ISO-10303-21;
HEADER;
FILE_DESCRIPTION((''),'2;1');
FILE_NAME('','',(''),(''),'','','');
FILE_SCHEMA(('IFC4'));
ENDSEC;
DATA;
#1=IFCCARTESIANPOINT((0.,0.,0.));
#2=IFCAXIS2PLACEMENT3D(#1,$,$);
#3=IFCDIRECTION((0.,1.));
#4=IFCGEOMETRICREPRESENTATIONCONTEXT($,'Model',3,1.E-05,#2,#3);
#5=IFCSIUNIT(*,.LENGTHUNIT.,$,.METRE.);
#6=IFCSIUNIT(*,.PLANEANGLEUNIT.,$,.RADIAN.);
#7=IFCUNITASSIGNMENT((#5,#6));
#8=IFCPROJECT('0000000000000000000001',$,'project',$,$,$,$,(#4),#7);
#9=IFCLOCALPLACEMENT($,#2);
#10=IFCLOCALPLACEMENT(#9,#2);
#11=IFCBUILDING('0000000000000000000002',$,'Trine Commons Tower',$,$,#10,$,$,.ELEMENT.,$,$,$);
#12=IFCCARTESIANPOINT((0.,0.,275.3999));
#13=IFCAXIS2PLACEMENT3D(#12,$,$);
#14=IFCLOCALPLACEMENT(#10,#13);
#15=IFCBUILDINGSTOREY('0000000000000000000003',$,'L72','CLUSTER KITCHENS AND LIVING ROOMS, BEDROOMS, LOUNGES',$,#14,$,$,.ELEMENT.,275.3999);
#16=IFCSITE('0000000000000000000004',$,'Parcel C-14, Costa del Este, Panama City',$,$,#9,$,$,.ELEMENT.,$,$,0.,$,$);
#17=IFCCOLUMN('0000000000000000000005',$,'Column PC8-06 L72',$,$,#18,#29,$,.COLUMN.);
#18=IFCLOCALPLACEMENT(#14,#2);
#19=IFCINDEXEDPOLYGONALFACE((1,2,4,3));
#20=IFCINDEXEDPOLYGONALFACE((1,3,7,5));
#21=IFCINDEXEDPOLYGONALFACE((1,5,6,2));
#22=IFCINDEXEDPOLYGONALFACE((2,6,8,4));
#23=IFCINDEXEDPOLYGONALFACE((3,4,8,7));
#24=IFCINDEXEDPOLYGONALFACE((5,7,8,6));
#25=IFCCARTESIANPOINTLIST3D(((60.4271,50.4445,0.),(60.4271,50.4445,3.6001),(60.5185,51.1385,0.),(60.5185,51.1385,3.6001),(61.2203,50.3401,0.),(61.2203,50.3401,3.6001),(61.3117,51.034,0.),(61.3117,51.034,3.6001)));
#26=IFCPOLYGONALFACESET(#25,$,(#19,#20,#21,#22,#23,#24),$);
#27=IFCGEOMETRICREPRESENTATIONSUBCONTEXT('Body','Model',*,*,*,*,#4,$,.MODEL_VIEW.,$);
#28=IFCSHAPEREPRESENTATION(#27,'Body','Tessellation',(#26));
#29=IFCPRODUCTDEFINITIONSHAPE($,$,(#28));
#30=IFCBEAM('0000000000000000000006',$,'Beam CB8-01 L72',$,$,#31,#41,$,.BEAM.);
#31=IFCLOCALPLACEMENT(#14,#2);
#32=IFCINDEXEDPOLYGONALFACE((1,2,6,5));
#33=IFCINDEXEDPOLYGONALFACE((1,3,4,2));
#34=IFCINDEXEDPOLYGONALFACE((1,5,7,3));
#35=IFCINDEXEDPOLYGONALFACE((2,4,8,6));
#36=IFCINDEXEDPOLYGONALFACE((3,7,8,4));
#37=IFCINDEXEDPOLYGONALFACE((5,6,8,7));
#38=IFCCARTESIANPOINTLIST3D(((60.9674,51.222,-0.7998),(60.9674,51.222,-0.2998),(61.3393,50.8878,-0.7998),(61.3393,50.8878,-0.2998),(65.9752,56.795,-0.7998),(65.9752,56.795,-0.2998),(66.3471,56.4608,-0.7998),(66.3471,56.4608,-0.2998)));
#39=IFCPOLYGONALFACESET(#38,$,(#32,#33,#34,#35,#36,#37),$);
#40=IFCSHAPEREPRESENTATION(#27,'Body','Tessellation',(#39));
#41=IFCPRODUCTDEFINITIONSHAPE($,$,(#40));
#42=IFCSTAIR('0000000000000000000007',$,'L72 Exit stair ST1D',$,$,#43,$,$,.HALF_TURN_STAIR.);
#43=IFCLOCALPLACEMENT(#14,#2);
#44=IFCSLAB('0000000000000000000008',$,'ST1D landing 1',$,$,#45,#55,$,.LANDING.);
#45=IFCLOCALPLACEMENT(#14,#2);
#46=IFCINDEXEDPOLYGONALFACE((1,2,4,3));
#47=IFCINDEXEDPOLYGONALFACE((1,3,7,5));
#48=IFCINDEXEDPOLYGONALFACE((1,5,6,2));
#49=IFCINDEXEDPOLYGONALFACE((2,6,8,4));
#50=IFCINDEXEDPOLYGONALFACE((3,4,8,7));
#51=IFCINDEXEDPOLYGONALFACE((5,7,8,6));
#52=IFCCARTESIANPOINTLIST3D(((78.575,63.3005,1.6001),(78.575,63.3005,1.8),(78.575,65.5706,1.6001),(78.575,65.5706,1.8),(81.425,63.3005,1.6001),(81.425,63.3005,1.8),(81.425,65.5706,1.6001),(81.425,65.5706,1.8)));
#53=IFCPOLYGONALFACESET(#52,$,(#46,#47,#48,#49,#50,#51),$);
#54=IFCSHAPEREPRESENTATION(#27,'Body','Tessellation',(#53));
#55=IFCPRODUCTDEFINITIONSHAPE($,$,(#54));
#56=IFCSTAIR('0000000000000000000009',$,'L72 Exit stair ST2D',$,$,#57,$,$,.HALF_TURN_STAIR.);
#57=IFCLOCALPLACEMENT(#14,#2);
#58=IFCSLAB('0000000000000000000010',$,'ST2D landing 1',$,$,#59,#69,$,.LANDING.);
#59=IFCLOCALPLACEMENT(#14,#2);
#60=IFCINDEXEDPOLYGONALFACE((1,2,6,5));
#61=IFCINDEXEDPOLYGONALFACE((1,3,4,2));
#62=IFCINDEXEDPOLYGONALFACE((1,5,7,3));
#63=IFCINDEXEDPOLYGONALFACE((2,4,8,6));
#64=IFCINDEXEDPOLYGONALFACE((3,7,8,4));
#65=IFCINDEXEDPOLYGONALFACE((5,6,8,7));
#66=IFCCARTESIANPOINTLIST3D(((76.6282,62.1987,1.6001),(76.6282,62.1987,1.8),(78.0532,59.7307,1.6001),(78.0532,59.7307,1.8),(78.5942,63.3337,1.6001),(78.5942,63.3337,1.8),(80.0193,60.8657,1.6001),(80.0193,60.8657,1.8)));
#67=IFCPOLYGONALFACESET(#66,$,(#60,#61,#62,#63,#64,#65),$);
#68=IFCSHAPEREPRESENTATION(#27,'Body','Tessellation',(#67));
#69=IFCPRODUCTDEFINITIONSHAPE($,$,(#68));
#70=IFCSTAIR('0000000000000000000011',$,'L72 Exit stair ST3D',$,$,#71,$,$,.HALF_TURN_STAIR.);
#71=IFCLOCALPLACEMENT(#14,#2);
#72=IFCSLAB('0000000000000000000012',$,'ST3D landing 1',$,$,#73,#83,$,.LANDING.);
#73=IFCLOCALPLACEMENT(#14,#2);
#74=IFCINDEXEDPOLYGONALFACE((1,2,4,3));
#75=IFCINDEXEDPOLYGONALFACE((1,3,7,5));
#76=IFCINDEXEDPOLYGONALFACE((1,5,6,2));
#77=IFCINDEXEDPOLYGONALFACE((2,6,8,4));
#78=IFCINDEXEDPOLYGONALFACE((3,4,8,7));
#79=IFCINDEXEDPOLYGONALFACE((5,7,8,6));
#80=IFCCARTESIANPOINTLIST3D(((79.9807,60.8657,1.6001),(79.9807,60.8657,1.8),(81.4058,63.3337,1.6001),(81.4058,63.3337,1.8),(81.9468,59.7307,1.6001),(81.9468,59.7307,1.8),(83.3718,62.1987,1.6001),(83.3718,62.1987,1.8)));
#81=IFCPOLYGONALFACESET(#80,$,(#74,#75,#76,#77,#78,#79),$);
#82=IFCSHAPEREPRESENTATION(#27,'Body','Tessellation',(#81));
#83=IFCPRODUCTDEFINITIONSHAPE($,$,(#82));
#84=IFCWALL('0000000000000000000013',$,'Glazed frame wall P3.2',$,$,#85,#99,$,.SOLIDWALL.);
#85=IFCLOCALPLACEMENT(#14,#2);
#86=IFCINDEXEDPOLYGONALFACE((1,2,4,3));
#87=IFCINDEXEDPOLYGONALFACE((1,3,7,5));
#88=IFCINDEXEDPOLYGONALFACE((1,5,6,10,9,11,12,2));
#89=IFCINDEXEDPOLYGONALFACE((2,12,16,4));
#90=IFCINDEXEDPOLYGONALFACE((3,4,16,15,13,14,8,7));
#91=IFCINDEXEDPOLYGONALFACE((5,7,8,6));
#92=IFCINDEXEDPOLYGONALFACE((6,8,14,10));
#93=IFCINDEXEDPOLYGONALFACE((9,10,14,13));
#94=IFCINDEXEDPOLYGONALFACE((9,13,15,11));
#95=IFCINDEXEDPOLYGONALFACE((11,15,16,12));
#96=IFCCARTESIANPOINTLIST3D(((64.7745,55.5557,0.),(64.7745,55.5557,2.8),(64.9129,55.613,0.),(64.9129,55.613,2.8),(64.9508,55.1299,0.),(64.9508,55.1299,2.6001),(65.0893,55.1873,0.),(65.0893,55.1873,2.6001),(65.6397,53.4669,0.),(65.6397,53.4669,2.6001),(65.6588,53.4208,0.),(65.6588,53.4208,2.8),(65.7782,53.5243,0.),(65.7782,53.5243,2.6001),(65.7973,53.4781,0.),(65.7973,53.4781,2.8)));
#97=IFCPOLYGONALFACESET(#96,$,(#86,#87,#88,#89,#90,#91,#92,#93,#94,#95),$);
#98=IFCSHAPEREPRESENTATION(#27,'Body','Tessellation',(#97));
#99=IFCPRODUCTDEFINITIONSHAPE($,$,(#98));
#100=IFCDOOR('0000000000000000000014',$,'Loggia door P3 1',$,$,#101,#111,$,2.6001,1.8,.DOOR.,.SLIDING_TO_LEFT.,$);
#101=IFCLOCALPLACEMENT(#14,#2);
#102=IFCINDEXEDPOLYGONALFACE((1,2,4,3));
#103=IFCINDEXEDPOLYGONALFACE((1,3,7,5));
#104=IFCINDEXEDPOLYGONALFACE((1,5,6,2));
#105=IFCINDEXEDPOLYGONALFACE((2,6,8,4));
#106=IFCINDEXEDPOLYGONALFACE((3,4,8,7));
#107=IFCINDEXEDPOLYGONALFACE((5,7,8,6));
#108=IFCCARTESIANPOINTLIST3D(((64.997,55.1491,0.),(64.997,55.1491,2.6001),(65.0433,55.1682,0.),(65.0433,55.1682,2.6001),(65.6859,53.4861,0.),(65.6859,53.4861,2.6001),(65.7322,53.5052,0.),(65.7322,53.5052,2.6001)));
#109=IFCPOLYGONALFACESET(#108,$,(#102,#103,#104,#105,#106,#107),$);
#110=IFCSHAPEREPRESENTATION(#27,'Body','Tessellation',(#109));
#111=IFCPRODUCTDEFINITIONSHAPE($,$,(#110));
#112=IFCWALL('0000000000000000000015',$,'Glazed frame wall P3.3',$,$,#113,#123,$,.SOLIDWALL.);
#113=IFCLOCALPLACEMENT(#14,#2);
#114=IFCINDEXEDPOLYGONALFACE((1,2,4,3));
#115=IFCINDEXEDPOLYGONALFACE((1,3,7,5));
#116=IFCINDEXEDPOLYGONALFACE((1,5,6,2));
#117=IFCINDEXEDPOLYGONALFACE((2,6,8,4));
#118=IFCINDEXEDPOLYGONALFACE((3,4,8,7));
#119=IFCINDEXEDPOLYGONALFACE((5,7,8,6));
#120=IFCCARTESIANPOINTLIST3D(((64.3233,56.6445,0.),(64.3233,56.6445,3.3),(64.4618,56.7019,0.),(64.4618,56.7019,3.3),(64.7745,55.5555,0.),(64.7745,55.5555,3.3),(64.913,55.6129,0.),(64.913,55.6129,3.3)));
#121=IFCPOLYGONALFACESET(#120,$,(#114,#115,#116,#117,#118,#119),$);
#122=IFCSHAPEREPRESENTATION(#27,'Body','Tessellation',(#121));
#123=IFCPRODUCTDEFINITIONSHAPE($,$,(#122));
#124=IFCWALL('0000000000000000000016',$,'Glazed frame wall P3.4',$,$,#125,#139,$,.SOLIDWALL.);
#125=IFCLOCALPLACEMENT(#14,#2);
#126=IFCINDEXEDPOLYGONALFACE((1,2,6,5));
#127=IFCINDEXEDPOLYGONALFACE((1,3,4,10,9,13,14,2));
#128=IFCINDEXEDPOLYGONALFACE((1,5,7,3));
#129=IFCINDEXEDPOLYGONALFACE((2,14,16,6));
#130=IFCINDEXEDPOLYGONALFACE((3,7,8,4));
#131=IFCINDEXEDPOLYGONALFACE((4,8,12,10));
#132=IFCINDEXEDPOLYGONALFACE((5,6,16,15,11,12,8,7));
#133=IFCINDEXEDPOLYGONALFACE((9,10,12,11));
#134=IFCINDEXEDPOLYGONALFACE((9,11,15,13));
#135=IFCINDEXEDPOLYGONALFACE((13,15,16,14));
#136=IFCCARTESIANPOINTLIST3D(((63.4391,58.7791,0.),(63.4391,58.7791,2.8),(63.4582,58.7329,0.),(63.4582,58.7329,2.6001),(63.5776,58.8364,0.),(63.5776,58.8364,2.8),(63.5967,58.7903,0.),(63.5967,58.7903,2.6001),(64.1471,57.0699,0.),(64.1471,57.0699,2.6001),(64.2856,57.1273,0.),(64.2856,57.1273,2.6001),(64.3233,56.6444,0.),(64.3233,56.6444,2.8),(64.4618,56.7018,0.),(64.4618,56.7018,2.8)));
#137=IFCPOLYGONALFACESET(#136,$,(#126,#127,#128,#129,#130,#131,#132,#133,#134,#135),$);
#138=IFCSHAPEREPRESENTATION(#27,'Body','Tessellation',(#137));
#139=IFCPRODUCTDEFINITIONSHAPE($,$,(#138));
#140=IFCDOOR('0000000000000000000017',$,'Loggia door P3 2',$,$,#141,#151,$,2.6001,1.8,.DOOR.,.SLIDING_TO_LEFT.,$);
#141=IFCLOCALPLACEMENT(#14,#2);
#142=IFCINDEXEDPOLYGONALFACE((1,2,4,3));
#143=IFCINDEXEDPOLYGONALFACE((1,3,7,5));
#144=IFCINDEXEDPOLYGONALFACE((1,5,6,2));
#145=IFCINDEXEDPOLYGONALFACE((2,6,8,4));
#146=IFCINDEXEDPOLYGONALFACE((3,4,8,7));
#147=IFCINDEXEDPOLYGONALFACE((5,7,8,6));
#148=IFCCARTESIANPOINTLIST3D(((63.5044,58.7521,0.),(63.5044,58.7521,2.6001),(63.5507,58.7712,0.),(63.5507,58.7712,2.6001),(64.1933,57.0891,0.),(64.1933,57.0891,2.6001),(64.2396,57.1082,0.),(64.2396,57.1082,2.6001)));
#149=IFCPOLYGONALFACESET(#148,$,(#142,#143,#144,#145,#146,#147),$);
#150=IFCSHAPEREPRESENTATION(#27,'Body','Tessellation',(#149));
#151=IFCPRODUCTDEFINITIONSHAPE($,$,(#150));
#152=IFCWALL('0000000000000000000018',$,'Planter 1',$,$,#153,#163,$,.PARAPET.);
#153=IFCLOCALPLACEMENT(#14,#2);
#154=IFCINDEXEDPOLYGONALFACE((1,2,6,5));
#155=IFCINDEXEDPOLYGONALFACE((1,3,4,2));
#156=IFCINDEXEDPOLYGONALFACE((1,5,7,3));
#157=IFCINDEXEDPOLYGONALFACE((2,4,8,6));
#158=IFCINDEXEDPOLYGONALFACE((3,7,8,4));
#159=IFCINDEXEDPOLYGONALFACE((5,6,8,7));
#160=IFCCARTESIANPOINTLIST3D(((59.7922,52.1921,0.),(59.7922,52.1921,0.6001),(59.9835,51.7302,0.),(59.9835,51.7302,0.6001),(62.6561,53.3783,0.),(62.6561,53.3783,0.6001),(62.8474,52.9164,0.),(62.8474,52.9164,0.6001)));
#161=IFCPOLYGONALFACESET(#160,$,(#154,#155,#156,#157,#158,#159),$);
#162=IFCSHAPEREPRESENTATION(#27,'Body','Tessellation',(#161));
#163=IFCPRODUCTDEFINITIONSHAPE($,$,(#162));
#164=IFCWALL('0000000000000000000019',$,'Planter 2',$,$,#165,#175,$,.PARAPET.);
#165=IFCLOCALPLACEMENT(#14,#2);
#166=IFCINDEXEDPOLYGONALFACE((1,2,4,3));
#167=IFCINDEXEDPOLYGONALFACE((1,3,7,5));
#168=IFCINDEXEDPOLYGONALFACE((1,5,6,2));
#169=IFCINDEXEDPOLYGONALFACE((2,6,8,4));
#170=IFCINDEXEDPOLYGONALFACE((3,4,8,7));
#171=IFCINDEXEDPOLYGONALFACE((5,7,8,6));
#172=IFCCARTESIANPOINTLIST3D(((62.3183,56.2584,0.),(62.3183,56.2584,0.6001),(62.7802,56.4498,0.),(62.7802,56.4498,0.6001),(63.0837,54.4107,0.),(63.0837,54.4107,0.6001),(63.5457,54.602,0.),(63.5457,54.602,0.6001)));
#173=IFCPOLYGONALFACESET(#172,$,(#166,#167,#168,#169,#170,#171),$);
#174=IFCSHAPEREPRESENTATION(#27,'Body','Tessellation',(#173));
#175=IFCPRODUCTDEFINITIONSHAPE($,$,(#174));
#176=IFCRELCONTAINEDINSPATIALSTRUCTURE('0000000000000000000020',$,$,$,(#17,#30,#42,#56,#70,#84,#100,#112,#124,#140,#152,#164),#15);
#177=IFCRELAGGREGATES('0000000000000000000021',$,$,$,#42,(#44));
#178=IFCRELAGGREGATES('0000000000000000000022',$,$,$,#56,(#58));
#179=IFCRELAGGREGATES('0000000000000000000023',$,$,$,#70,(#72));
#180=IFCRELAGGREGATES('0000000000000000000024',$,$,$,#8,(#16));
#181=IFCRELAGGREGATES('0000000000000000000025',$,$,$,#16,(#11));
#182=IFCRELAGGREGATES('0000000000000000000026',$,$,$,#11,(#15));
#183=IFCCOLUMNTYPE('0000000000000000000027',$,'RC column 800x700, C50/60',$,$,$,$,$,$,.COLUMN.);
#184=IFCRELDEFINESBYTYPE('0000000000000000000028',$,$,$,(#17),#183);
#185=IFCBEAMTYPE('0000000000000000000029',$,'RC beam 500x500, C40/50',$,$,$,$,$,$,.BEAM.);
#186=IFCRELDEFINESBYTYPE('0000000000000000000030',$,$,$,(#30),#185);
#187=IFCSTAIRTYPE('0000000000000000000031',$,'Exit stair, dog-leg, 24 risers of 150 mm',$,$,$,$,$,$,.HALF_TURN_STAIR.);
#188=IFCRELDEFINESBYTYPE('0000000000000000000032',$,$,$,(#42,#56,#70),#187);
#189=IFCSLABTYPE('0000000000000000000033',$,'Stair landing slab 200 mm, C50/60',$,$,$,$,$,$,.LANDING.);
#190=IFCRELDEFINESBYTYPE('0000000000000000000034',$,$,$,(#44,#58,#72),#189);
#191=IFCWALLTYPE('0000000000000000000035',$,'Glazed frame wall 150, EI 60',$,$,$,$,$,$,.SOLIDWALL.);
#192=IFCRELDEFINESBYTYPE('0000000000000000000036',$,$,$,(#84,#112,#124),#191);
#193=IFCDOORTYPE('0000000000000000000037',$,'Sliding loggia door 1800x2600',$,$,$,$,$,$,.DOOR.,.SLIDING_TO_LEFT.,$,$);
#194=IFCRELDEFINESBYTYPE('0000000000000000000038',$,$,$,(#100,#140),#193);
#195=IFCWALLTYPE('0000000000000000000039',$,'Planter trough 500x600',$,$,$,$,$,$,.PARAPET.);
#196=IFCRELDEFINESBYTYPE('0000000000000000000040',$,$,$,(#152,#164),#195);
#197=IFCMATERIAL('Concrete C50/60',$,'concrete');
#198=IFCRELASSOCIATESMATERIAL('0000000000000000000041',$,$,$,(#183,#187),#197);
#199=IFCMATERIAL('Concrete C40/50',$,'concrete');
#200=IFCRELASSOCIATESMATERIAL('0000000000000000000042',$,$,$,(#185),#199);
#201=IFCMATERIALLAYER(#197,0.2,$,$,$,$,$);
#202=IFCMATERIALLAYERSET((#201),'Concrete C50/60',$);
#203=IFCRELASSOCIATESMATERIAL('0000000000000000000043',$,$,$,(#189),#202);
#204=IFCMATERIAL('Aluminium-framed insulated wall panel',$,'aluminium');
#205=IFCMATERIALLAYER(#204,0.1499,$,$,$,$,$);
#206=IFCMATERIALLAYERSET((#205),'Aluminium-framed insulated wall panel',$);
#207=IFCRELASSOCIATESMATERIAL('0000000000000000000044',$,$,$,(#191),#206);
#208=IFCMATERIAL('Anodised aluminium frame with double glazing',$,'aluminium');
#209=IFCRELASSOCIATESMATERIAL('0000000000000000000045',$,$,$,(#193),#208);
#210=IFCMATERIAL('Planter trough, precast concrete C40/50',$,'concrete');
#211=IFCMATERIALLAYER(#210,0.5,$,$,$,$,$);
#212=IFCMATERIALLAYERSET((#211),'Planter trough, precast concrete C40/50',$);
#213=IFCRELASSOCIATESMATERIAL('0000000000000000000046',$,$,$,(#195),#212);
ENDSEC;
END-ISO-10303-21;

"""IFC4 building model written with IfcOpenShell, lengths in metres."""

from ifc_helpers import new_model, si_unit, direction, frame, frame_2d, origin, origin_2d, place, context, subcontext, project, spatial, polyline, rectangle, outline, extrude, material, layer, layer_set, material_profile, profile_set, type_object, element, fill, aggregate, save


model = new_model("IFC4")

# Units and contexts
model_context = context("Model", 3, precision=1e-05, world=origin(), true_north=direction((0.0, 1.0)))
body_context = subcontext(model_context, "Body", "Model", "MODEL_VIEW")
ifc_project = project(units=[si_unit("LENGTHUNIT", "METRE"), si_unit("PLANEANGLEUNIT", "RADIAN")], contexts=[model_context])

# Site, building, storey
site_placement = place(None, origin())
site = spatial("IfcSite", under=ifc_project, at=site_placement, Name="Parcel C-14, Costa del Este, Panama City", CompositionType="ELEMENT", RefElevation=0.0)
building_placement = place(site_placement, origin())
building = spatial("IfcBuilding", under=site, at=building_placement, Name="Trine Commons Tower", CompositionType="ELEMENT")
storey_placement = place(building_placement, frame((0.0, 0.0, 275.3999)))
storey = spatial("IfcBuildingStorey", under=building, at=storey_placement, Name="L72", Description="CLUSTER KITCHENS AND LIVING ROOMS, BEDROOMS, LOUNGES", CompositionType="ELEMENT", Elevation=275.3999)

# Column
ifc_material_1 = material(Name="Concrete C50/60", Category="concrete")
ifc_material_profile_1 = material_profile(ifc_material_1, rectangle(XDim=0.8, YDim=0.7, at=origin_2d()), Name="RC 800x700")
ifc_profile_set_1 = profile_set([ifc_material_profile_1], Name="Concrete C50/60")
column_type = type_object("IfcColumnType", Name="RC column 800x700, C50/60", PredefinedType="COLUMN", material=ifc_profile_set_1)
column_placement = place(storey_placement, frame((60.8694, 50.7393, 0.0), z_axis=(0.0, 0.0, 1.0), x_axis=(-0.991445, 0.130526, 0.0)))
element("IfcColumn", 1, at=column_placement, inside=storey, type_object=column_type, Name="Column PC8-06 L72", PredefinedType="COLUMN", context=body_context, shape_type="SweptSolid", body=[
    extrude(rectangle(XDim=0.8, YDim=0.7, at=origin_2d()), origin(), (0.0, 0.0, 1.0), 3.6001),
])

# Beam
ifc_material_2 = material(Name="Concrete C40/50", Category="concrete")
ifc_material_profile_2 = material_profile(ifc_material_2, rectangle(XDim=0.5, YDim=0.5, at=origin_2d()), Name="RC 500x500")
ifc_profile_set_2 = profile_set([ifc_material_profile_2], Name="Concrete C40/50")
beam_type = type_object("IfcBeamType", Name="RC beam 500x500, C40/50", PredefinedType="BEAM", material=ifc_profile_set_2)
beam_placement = place(storey_placement, frame((61.1533, 51.0549, -0.5498), z_axis=(0.668383, 0.743817, 0.0), x_axis=(-0.743817, 0.668383, 0.0)))
element("IfcBeam", 2, at=beam_placement, inside=storey, type_object=beam_type, Name="Beam CB8-01 L72", PredefinedType="BEAM", context=body_context, shape_type="SweptSolid", body=[
    extrude(rectangle(XDim=0.5, YDim=0.5, at=origin_2d()), origin(), (0.0, 0.0, 1.0), 7.4924),
])

# Stairs, slabs
stair_type = type_object("IfcStairType", Name="Exit stair, dog-leg, 24 risers of 150 mm", PredefinedType="HALF_TURN_STAIR", material=ifc_material_1)
stair_1_placement = place(storey_placement, origin())
stair_1 = element("IfcStair", 3, at=stair_1_placement, inside=storey, type_object=stair_type, Name="L72 Exit stair ST1D", PredefinedType="HALF_TURN_STAIR")
ifc_layer_1 = layer(ifc_material_1, 0.2)
ifc_layer_set_1 = layer_set([ifc_layer_1], Name="Concrete C50/60")
slab_type = type_object("IfcSlabType", Name="Stair landing slab 200 mm, C50/60", PredefinedType="LANDING", material=ifc_layer_set_1)
slab_1_placement = place(storey_placement, frame((0.0, 0.0, 1.6001)))
slab_1 = element("IfcSlab", 4, at=slab_1_placement, type_object=slab_type, Name="ST1D landing 1", PredefinedType="LANDING", context=body_context, shape_type="SweptSolid", body=[
    extrude(outline(polyline([(78.575, 65.5706), (78.575, 63.3005), (81.425, 63.3005), (81.425, 65.5706), (78.575, 65.5706)])), origin(), (0.0, 0.0, 1.0), 0.2),
])
aggregate(stair_1, [slab_1])
stair_2_placement = place(storey_placement, origin())
stair_2 = element("IfcStair", 5, at=stair_2_placement, inside=storey, type_object=stair_type, Name="L72 Exit stair ST2D", PredefinedType="HALF_TURN_STAIR")
slab_2_placement = place(storey_placement, frame((0.0, 0.0, 1.6001)))
slab_2 = element("IfcSlab", 6, at=slab_2_placement, type_object=slab_type, Name="ST2D landing 1", PredefinedType="LANDING", context=body_context, shape_type="SweptSolid", body=[
    extrude(outline(polyline([(78.0532, 59.7307), (80.0193, 60.8657), (78.5942, 63.3337), (76.6282, 62.1987), (78.0532, 59.7307)])), origin(), (0.0, 0.0, 1.0), 0.2),
])
aggregate(stair_2, [slab_2])
stair_3_placement = place(storey_placement, origin())
stair_3 = element("IfcStair", 7, at=stair_3_placement, inside=storey, type_object=stair_type, Name="L72 Exit stair ST3D", PredefinedType="HALF_TURN_STAIR")
slab_3_placement = place(storey_placement, frame((0.0, 0.0, 1.6001)))
slab_3 = element("IfcSlab", 8, at=slab_3_placement, type_object=slab_type, Name="ST3D landing 1", PredefinedType="LANDING", context=body_context, shape_type="SweptSolid", body=[
    extrude(outline(polyline([(83.3718, 62.1987), (81.4058, 63.3337), (79.9807, 60.8657), (81.9468, 59.7307), (83.3718, 62.1987)])), origin(), (0.0, 0.0, 1.0), 0.2),
])
aggregate(stair_3, [slab_3])

# Shared definitions
ifc_material_3 = material(Name="Aluminium-framed insulated wall panel", Category="aluminium")
ifc_layer_2 = layer(ifc_material_3, 0.1499)
ifc_layer_set_2 = layer_set([ifc_layer_2], Name="Aluminium-framed insulated wall panel")
wall_type_1 = type_object("IfcWallType", Name="Glazed frame wall 150, EI 60", PredefinedType="SOLIDWALL", material=ifc_layer_set_2)

# Wall, opening, door
wall_1_placement = place(storey_placement, frame((65.728, 53.4495, 0.0), z_axis=(0.0, 0.0, 1.0), x_axis=(-0.382694, 0.923875, 0.0)))
wall_1 = element("IfcWall", 9, at=wall_1_placement, inside=storey, type_object=wall_type_1, Name="Glazed frame wall P3.2", PredefinedType="SOLIDWALL", context=body_context, shape_type="SweptSolid", body=[
    extrude(outline(polyline([(0.0, -0.075), (2.3108, -0.075), (2.3108, 0.075), (0.0, 0.075), (0.0, -0.075)])), origin(), (0.0, 0.0, 1.0), 2.8),
])
opening_1_placement = place(wall_1_placement, frame((0.05, 0.0, 0.0)))
opening_1 = element("IfcOpeningElement", 10, at=opening_1_placement, cuts=wall_1, PredefinedType="OPENING", context=body_context, shape_type="SweptSolid", body=[
    extrude(rectangle(XDim=1.8, YDim=2.6001, at=frame_2d((0.8999, 1.3))), frame((0.0, 0.085, 0.0), z_axis=(0.0, -1.0, 0.0), x_axis=(1.0, 0.0, 0.0)), (0.0, 0.0, 1.0), 0.1699),
])
ifc_material_4 = material(Name="Anodised aluminium frame with double glazing", Category="aluminium")
door_type = type_object("IfcDoorType", Name="Sliding loggia door 1800x2600", OperationType="SLIDING_TO_LEFT", PredefinedType="DOOR", material=ifc_material_4)
door_1_placement = place(opening_1_placement, origin())
door_1 = element("IfcDoor", 11, at=door_1_placement, inside=storey, type_object=door_type, Name="Loggia door P3 1", OperationType="SLIDING_TO_LEFT", OverallHeight=2.6001, OverallWidth=1.8, PredefinedType="DOOR", context=body_context, shape_type="SweptSolid", body=[
    extrude(rectangle(XDim=1.8, YDim=2.6001, at=frame_2d((0.8999, 1.3))), frame((0.0, 0.0249, 0.0), z_axis=(0.0, -1.0, 0.0), x_axis=(1.0, 0.0, 0.0)), (0.0, 0.0, 1.0), 0.05),
])
fill(opening_1, door_1)

# Wall
wall_2_placement = place(storey_placement, frame((64.8438, 55.5842, 0.0), z_axis=(0.0, 0.0, 1.0), x_axis=(-0.382791, 0.923835, 0.0)))
element("IfcWall", 12, at=wall_2_placement, inside=storey, type_object=wall_type_1, Name="Glazed frame wall P3.3", PredefinedType="SOLIDWALL", context=body_context, shape_type="SweptSolid", body=[
    extrude(outline(polyline([(0.0, -0.075), (1.1787, -0.075), (1.1787, 0.075), (0.0, 0.075), (0.0, -0.075)])), origin(), (0.0, 0.0, 1.0), 3.3),
])

# Wall, opening, door
wall_3_placement = place(storey_placement, frame((64.3926, 56.6731, 0.0), z_axis=(0.0, 0.0, 1.0), x_axis=(-0.382694, 0.923875, 0.0)))
wall_3 = element("IfcWall", 13, at=wall_3_placement, inside=storey, type_object=wall_type_1, Name="Glazed frame wall P3.4", PredefinedType="SOLIDWALL", context=body_context, shape_type="SweptSolid", body=[
    extrude(outline(polyline([(0.0, -0.075), (2.3105, -0.075), (2.3105, 0.075), (0.0, 0.075), (0.0, -0.075)])), origin(), (0.0, 0.0, 1.0), 2.8),
])
opening_2_placement = place(wall_3_placement, frame((0.4607, 0.0, 0.0)))
opening_2 = element("IfcOpeningElement", 14, at=opening_2_placement, cuts=wall_3, PredefinedType="OPENING", context=body_context, shape_type="SweptSolid", body=[
    extrude(rectangle(XDim=1.8, YDim=2.6001, at=frame_2d((0.8999, 1.3))), frame((0.0, 0.085, 0.0), z_axis=(0.0, -1.0, 0.0), x_axis=(1.0, 0.0, 0.0)), (0.0, 0.0, 1.0), 0.1699),
])
door_2_placement = place(opening_2_placement, origin())
door_2 = element("IfcDoor", 15, at=door_2_placement, inside=storey, type_object=door_type, Name="Loggia door P3 2", OperationType="SLIDING_TO_LEFT", OverallHeight=2.6001, OverallWidth=1.8, PredefinedType="DOOR", context=body_context, shape_type="SweptSolid", body=[
    extrude(rectangle(XDim=1.8, YDim=2.6001, at=frame_2d((0.8999, 1.3))), frame((0.0, 0.0249, 0.0), z_axis=(0.0, -1.0, 0.0), x_axis=(1.0, 0.0, 0.0)), (0.0, 0.0, 1.0), 0.05),
])
fill(opening_2, door_2)

# Walls
ifc_material_5 = material(Name="Planter trough, precast concrete C40/50", Category="concrete")
ifc_layer_3 = layer(ifc_material_5, 0.5)
ifc_layer_set_3 = layer_set([ifc_layer_3], Name="Planter trough, precast concrete C40/50")
wall_type_2 = type_object("IfcWallType", Name="Planter trough 500x600", PredefinedType="PARAPET", material=ifc_layer_set_3)
wall_4_placement = place(storey_placement, frame((59.8879, 51.9612, 0.0), z_axis=(0.0, 0.0, 1.0), x_axis=(0.923883, 0.382674, 0.0)))
element("IfcWall", 16, at=wall_4_placement, inside=storey, type_object=wall_type_2, Name="Planter 1", PredefinedType="PARAPET", context=body_context, shape_type="SweptSolid", body=[
    extrude(rectangle(XDim=3.0999, YDim=0.5, at=frame_2d((1.5498, 0.0))), origin(), (0.0, 0.0, 1.0), 0.6001),
])
wall_5_placement = place(storey_placement, frame((63.3147, 54.5063, 0.0), z_axis=(0.0, 0.0, 1.0), x_axis=(-0.382708, 0.92387, 0.0)))
element("IfcWall", 17, at=wall_5_placement, inside=storey, type_object=wall_type_2, Name="Planter 2", PredefinedType="PARAPET", context=body_context, shape_type="SweptSolid", body=[
    extrude(rectangle(XDim=2.0, YDim=0.5, at=frame_2d((1.0, 0.0))), origin(), (0.0, 0.0, 1.0), 0.6001),
])

save(model, "model.ifc")
